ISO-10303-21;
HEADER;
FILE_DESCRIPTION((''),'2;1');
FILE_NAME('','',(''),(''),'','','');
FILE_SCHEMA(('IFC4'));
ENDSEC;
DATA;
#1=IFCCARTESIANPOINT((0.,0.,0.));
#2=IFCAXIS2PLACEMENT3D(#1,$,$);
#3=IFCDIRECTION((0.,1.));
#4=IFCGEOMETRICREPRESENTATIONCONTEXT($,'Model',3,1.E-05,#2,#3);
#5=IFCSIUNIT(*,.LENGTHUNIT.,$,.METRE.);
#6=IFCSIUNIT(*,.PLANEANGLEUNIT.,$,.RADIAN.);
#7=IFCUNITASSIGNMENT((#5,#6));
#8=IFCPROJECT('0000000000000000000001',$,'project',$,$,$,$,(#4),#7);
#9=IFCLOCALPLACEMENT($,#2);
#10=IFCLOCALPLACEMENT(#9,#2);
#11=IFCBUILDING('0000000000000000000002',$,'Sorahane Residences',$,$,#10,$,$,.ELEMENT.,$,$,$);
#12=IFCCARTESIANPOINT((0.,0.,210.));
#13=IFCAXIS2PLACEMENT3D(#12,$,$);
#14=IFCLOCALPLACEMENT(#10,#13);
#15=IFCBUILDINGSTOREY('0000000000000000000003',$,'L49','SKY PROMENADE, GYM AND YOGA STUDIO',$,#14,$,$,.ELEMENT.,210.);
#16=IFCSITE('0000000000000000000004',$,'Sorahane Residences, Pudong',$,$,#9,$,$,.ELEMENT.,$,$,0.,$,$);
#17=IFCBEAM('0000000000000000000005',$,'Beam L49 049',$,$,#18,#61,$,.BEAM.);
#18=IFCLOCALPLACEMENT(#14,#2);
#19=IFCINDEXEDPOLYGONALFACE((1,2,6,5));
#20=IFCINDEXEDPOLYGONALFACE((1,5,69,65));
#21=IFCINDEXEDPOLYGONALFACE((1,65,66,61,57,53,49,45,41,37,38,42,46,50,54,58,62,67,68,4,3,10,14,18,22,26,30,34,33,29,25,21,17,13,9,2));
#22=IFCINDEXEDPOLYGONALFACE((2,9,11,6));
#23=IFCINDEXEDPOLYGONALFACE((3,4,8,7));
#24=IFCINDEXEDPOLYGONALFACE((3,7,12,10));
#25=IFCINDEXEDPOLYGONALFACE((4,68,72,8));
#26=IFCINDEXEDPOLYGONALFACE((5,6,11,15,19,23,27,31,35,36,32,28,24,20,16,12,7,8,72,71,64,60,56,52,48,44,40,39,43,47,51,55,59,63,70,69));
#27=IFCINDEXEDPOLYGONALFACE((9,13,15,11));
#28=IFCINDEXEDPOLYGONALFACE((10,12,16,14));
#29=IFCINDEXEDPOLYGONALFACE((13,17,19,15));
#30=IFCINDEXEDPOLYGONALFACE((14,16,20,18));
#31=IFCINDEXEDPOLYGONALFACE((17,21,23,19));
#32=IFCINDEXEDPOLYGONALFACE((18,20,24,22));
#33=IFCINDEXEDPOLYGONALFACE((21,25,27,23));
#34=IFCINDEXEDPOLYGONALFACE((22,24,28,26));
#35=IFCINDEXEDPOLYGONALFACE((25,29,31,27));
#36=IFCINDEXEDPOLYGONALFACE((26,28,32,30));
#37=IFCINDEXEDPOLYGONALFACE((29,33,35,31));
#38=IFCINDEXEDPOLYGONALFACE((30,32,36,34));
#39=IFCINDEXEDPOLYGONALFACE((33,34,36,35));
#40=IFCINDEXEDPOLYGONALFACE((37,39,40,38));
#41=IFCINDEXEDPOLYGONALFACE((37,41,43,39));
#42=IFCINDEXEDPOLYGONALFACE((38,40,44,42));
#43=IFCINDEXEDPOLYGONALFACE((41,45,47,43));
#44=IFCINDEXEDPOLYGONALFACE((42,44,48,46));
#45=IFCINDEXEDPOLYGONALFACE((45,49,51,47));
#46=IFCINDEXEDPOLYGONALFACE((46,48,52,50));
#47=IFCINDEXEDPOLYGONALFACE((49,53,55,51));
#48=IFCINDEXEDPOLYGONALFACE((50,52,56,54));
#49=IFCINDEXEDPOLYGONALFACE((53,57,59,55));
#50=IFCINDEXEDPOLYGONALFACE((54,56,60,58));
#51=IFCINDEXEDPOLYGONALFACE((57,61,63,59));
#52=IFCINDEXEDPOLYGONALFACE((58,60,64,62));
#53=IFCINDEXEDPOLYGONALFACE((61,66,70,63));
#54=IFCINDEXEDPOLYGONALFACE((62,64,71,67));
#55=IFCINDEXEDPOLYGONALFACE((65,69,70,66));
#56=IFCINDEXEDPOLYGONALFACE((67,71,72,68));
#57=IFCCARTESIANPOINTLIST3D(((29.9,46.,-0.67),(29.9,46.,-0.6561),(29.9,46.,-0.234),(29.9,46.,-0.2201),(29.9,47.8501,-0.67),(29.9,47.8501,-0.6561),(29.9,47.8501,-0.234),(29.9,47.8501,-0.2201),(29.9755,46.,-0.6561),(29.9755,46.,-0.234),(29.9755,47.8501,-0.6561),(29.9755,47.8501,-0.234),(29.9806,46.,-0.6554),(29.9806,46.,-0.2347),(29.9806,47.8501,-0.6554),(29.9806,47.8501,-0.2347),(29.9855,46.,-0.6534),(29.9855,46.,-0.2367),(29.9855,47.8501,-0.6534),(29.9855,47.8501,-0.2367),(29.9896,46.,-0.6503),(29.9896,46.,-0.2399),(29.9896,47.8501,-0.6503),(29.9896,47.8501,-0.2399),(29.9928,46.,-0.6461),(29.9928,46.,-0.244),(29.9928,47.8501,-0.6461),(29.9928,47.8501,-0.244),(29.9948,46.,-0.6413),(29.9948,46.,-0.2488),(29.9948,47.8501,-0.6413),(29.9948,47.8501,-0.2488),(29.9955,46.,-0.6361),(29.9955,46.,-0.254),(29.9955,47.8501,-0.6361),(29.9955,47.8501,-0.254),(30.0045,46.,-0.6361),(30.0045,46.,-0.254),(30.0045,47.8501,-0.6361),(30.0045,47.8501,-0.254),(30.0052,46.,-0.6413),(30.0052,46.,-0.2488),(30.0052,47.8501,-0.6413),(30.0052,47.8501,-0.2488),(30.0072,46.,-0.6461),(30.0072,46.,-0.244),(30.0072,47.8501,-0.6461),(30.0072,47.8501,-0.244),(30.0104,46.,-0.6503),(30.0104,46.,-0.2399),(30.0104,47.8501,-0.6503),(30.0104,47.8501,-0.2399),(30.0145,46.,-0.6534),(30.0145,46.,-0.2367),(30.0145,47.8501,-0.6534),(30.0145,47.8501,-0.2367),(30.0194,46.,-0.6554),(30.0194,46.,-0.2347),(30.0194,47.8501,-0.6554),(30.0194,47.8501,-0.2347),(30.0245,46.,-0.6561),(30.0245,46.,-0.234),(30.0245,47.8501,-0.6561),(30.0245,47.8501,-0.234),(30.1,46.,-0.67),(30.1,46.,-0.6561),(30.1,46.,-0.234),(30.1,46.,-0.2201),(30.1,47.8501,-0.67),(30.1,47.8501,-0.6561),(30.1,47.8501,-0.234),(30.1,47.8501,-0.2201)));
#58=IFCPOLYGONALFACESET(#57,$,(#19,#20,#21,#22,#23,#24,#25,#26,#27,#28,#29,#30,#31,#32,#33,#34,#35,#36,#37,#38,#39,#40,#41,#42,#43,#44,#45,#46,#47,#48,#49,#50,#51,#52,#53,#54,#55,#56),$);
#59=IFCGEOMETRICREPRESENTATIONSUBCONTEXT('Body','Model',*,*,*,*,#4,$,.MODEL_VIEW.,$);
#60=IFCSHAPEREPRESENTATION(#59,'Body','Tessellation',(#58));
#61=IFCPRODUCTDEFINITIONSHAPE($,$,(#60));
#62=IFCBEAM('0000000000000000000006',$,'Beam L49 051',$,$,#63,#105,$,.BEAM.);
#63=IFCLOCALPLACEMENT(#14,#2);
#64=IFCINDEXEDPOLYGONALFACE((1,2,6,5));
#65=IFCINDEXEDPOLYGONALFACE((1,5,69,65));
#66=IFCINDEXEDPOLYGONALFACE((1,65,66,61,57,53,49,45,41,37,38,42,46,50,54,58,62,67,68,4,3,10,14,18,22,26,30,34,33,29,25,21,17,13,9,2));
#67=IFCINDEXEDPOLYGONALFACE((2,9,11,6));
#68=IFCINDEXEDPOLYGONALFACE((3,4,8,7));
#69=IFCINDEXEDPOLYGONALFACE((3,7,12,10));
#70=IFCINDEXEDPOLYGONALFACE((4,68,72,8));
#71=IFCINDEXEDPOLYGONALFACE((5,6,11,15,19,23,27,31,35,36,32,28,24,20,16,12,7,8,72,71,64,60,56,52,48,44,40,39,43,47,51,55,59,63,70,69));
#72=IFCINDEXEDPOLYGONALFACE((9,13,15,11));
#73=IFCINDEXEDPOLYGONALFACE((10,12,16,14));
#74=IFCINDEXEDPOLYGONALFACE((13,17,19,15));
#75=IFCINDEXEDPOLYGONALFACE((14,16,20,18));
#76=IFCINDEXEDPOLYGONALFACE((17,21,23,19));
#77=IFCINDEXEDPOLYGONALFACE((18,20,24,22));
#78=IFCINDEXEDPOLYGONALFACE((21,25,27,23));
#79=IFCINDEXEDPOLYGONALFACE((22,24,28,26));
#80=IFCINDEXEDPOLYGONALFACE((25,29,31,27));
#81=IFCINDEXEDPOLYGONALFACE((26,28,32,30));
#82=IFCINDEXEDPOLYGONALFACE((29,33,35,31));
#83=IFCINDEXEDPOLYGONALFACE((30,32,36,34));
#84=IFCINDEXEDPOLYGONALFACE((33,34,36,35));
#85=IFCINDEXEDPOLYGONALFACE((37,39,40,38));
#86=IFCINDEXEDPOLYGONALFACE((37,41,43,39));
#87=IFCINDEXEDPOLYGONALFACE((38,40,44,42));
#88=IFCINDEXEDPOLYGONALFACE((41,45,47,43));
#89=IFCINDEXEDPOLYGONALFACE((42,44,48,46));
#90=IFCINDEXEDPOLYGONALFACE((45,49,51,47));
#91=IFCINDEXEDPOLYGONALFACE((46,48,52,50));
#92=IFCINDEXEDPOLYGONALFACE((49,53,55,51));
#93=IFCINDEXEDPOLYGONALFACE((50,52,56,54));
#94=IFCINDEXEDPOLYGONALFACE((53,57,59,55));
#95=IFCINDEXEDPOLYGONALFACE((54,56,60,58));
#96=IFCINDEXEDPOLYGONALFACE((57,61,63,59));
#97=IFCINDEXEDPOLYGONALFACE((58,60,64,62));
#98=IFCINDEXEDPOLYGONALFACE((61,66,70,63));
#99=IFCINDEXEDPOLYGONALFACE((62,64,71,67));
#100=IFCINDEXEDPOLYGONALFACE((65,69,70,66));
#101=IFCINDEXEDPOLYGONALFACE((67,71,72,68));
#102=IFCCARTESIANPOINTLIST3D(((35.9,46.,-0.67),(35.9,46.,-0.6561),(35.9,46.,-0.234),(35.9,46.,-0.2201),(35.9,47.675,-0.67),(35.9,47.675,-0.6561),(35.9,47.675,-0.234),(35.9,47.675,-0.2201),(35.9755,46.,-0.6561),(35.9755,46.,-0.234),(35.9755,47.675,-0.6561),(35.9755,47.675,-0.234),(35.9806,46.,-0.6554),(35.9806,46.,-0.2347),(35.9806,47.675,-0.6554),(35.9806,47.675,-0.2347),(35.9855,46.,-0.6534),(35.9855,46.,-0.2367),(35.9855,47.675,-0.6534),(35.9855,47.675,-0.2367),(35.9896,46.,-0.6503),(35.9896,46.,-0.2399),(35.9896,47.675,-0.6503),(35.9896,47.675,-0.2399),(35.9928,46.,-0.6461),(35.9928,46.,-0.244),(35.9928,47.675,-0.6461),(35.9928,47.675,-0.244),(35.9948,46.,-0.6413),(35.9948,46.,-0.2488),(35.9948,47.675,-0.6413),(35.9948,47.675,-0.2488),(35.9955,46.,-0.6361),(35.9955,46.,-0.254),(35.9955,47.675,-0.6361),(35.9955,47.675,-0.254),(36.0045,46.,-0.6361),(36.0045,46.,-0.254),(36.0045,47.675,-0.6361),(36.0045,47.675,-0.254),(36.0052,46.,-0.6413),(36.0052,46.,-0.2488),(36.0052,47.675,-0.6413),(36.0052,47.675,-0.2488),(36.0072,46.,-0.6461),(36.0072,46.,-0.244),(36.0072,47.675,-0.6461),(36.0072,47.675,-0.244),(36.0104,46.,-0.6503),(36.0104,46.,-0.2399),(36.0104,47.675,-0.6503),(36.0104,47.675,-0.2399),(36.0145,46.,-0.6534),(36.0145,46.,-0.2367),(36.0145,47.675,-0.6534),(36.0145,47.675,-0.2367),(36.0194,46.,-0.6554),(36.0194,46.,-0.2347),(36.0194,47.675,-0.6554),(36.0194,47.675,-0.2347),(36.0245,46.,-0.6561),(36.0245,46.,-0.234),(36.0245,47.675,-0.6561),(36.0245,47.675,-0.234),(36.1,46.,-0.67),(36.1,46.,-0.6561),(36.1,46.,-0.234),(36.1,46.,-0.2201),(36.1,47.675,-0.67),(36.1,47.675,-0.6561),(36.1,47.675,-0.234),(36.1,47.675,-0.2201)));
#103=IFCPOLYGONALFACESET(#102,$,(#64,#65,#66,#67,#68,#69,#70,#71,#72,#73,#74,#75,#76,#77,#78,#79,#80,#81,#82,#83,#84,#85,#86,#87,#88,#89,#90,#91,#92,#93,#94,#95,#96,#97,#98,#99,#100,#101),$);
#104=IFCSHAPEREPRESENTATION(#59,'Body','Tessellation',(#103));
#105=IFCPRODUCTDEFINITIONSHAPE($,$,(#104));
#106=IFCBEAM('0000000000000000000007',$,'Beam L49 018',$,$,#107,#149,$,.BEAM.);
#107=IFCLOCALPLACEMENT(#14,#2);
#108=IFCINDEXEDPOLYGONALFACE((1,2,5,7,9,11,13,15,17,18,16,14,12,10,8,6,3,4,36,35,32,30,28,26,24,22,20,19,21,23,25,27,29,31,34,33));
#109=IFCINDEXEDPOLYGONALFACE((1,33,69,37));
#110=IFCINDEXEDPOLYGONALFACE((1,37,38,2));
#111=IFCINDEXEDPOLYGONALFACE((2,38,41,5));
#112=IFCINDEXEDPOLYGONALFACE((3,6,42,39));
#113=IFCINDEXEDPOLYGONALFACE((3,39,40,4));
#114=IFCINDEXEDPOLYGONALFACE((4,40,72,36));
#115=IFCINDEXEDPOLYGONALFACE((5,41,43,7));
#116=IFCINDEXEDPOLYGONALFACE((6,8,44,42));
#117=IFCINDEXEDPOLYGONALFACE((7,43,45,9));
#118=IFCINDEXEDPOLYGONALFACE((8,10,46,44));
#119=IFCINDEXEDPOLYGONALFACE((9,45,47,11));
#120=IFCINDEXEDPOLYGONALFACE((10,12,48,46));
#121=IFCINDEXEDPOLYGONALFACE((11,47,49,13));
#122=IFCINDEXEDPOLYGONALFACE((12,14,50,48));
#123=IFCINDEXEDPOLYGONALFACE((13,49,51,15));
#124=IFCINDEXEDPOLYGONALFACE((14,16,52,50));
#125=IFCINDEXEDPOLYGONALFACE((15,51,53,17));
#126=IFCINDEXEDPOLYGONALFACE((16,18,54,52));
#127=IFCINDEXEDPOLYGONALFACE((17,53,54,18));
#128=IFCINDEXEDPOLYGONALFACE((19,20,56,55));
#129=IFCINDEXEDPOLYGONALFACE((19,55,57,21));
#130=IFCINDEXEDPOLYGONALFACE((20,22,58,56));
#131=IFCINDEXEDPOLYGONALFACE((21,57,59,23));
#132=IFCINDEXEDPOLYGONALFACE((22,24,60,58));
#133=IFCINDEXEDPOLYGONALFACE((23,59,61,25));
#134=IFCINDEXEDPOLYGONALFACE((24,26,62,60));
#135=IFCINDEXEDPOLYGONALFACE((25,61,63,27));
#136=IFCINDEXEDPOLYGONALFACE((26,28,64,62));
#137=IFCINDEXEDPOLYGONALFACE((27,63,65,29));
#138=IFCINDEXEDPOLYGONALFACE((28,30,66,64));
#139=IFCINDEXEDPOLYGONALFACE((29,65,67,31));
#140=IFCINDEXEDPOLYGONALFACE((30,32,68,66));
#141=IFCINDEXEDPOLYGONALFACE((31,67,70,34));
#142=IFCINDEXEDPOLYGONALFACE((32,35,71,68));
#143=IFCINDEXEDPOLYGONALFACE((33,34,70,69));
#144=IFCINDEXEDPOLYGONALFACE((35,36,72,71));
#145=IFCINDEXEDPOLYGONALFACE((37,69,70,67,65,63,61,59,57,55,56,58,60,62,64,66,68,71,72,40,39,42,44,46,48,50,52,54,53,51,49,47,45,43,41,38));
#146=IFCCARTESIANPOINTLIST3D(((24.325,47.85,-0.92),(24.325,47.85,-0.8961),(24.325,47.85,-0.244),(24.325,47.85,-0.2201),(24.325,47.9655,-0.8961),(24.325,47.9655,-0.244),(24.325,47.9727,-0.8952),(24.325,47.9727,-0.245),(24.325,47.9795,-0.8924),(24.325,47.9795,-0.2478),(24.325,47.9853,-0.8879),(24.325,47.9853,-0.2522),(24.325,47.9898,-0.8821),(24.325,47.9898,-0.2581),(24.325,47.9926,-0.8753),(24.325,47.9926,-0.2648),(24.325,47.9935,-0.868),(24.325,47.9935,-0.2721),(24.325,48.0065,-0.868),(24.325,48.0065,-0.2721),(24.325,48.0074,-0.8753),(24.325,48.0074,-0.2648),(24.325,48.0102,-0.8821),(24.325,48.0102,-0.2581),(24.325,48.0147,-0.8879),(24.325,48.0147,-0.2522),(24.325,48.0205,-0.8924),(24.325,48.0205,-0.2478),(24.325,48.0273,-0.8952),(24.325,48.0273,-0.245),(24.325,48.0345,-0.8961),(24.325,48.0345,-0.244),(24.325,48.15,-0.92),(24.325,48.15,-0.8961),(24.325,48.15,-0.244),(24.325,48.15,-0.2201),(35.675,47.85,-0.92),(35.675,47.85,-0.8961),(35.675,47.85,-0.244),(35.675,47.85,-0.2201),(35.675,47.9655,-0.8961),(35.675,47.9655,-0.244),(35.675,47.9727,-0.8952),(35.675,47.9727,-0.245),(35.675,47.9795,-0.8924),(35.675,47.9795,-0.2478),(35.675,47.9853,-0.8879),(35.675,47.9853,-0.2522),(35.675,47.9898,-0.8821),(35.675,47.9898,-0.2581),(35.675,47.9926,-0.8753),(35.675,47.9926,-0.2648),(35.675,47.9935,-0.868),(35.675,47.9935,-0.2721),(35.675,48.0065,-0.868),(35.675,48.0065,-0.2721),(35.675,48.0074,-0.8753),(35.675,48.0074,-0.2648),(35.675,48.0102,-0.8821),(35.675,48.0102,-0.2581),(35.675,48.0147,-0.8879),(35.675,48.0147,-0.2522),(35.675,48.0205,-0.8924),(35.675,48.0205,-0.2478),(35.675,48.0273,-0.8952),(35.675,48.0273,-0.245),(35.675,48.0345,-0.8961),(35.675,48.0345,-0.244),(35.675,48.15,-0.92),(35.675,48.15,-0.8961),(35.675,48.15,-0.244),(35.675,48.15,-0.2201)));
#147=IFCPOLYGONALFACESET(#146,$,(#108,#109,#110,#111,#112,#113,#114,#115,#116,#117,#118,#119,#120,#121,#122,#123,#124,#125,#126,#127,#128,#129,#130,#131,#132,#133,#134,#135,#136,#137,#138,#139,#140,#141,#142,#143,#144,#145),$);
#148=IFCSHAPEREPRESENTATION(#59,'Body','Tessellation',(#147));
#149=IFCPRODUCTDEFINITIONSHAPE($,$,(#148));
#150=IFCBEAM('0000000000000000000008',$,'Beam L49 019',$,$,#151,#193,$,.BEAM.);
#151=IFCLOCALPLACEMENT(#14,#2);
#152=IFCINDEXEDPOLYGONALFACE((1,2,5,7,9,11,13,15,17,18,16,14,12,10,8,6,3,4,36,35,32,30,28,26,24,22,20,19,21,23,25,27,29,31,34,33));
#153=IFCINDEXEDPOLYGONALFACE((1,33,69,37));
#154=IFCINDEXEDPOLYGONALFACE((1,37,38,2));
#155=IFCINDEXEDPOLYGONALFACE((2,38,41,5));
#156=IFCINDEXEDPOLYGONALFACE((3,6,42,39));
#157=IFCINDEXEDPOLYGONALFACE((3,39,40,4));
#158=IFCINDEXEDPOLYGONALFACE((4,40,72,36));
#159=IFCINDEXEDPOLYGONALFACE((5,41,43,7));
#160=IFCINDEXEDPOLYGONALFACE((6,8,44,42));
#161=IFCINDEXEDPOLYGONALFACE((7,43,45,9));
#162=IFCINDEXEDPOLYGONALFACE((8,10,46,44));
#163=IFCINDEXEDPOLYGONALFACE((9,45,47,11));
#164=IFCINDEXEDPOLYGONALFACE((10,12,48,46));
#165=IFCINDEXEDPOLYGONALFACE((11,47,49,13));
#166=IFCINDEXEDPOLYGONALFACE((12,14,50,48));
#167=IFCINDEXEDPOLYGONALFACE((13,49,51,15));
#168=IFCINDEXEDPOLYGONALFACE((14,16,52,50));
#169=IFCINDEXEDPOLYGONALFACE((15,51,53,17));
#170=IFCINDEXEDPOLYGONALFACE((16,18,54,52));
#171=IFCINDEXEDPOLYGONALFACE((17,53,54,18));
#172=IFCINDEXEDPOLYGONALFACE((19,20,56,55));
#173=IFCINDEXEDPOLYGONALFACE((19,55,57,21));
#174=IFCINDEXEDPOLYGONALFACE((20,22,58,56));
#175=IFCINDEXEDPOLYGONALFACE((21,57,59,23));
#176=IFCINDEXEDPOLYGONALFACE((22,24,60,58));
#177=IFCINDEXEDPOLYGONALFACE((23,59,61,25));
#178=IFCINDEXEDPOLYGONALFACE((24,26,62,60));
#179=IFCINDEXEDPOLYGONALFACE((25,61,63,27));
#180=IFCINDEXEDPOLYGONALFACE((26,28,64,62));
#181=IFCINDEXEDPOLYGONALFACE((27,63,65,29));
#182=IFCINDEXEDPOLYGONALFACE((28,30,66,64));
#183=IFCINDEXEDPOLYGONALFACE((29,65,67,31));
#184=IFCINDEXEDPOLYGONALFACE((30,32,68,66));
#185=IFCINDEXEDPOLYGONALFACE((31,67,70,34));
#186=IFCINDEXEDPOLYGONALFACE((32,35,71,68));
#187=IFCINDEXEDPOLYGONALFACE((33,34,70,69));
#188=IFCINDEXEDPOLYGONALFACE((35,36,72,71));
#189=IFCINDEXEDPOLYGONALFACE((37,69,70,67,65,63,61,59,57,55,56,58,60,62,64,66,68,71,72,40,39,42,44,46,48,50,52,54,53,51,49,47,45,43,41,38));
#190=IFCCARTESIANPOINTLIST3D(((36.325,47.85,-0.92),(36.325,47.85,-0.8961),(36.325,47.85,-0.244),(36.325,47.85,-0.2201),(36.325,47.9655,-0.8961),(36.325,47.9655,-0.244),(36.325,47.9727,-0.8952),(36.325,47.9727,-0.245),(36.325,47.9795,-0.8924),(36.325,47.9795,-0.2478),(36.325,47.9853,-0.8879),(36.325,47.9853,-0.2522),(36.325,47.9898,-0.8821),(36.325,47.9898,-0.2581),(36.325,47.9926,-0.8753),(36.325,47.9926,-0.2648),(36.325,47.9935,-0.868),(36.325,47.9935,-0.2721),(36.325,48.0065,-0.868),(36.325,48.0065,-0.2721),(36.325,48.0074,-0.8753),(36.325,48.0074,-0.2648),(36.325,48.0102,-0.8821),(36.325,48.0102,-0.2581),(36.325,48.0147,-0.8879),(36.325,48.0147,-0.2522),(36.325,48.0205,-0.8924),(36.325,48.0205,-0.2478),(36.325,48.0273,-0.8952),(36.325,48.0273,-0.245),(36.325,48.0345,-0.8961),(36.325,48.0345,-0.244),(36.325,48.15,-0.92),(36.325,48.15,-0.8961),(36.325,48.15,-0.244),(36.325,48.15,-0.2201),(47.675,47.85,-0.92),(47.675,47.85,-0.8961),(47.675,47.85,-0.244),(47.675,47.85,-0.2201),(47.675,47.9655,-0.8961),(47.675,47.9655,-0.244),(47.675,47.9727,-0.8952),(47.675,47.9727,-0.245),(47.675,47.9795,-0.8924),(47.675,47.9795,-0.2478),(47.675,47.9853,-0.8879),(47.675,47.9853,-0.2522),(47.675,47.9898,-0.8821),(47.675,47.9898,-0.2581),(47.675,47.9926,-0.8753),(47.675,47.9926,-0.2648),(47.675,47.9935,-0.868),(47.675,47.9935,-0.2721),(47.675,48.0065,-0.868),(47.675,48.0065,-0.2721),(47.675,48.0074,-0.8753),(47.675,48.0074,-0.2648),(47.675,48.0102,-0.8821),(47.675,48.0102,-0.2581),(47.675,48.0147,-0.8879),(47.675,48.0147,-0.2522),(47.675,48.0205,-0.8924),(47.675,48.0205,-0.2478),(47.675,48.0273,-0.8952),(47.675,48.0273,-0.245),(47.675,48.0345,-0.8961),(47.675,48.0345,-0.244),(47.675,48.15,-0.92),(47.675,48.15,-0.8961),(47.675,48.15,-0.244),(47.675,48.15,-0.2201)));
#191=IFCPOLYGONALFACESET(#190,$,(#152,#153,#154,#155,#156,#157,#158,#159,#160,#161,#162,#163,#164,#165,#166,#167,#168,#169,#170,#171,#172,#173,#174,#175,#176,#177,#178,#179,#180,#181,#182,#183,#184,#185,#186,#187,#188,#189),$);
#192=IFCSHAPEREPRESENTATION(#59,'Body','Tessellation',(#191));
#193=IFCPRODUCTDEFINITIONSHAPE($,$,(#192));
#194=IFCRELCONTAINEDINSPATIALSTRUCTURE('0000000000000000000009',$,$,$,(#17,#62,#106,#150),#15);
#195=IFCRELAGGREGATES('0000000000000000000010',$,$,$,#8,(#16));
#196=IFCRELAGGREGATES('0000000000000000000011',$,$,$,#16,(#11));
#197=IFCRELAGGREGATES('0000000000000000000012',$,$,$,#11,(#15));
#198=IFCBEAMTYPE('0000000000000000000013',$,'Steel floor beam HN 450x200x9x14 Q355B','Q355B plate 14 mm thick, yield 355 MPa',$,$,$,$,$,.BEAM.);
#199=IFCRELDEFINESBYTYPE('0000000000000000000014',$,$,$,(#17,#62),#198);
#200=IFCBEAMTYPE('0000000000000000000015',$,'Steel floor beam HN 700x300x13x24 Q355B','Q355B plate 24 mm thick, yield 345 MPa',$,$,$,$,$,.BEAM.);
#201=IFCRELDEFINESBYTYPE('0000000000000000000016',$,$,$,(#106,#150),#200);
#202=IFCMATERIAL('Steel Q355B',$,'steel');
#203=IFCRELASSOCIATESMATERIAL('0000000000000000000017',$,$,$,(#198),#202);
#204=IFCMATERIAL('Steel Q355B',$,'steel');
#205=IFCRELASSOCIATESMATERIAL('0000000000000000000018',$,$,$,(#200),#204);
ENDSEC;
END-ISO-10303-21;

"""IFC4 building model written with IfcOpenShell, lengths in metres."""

from ifc_helpers import new_model, si_unit, direction, frame, origin, origin_2d, place, context, subcontext, project, spatial, i_section, extrude, material, material_profile, profile_set, type_object, element, save


model = new_model("IFC4")

# Units and contexts
model_context = context("Model", 3, precision=1e-05, world=origin(), true_north=direction((0.0, 1.0)))
body_context = subcontext(model_context, "Body", "Model", "MODEL_VIEW")
ifc_project = project(units=[si_unit("LENGTHUNIT", "METRE"), si_unit("PLANEANGLEUNIT", "RADIAN")], contexts=[model_context])

# Site, building, storey
site_placement = place(None, origin())
site = spatial("IfcSite", under=ifc_project, at=site_placement, Name="Sorahane Residences, Pudong", CompositionType="ELEMENT", RefElevation=0.0)
building_placement = place(site_placement, origin())
building = spatial("IfcBuilding", under=site, at=building_placement, Name="Sorahane Residences", CompositionType="ELEMENT")
storey_placement = place(building_placement, frame((0.0, 0.0, 210.0)))
storey = spatial("IfcBuildingStorey", under=building, at=storey_placement, Name="L49", Description="SKY PROMENADE, GYM AND YOGA STUDIO", CompositionType="ELEMENT", Elevation=210.0)

# Beams
ifc_material_1 = material(Name="Steel Q355B", Category="steel")
ifc_material_profile_1 = material_profile(ifc_material_1, i_section(OverallWidth=0.2, OverallDepth=0.45, WebThickness=0.009, FlangeThickness=0.0139, FilletRadius=0.02, at=origin_2d()), Name="HN 450x200x9x14")
ifc_profile_set_1 = profile_set([ifc_material_profile_1], Name="Steel Q355B")
beam_type_1 = type_object("IfcBeamType", Name="Steel floor beam HN 450x200x9x14 Q355B", Description="Q355B plate 14 mm thick, yield 355 MPa", PredefinedType="BEAM", material=ifc_profile_set_1)
beam_1_placement = place(storey_placement, frame((30.0, 46.0, -0.4451), z_axis=(0.0, 1.0, 0.0), x_axis=(-1.0, 0.0, 0.0)))
element("IfcBeam", 1, at=beam_1_placement, inside=storey, type_object=beam_type_1, Name="Beam L49 049", PredefinedType="BEAM", context=body_context, shape_type="SweptSolid", body=[
    extrude(i_section(OverallWidth=0.2, OverallDepth=0.45, WebThickness=0.009, FlangeThickness=0.0139, FilletRadius=0.02, at=origin_2d()), origin(), (0.0, 0.0, 1.0), 1.8501),
])
beam_2_placement = place(storey_placement, frame((36.0, 46.0, -0.4451), z_axis=(0.0, 1.0, 0.0), x_axis=(-1.0, 0.0, 0.0)))
element("IfcBeam", 2, at=beam_2_placement, inside=storey, type_object=beam_type_1, Name="Beam L49 051", PredefinedType="BEAM", context=body_context, shape_type="SweptSolid", body=[
    extrude(i_section(OverallWidth=0.2, OverallDepth=0.45, WebThickness=0.009, FlangeThickness=0.0139, FilletRadius=0.02, at=origin_2d()), origin(), (0.0, 0.0, 1.0), 1.675),
])
ifc_material_2 = material(Name="Steel Q355B", Category="steel")
ifc_material_profile_2 = material_profile(ifc_material_2, i_section(OverallWidth=0.3, OverallDepth=0.7, WebThickness=0.0129, FlangeThickness=0.0239, FilletRadius=0.0281, at=origin_2d()), Name="HN 700x300x13x24")
ifc_profile_set_2 = profile_set([ifc_material_profile_2], Name="Steel Q355B")
beam_type_2 = type_object("IfcBeamType", Name="Steel floor beam HN 700x300x13x24 Q355B", Description="Q355B plate 24 mm thick, yield 345 MPa", PredefinedType="BEAM", material=ifc_profile_set_2)
for number, where, z_axis, x_axis, name in (
    (3, (24.325, 48.0, -0.5701), (1.0, 0.0, 0.0), (0.0, 1.0, 0.0), "Beam L49 018"),
    (4, (36.325, 48.0, -0.5701), (1.0, 0.0, 0.0), (0.0, 1.0, 0.0), "Beam L49 019"),
):
    element("IfcBeam", number, at=place(storey_placement, frame(where, z_axis=z_axis, x_axis=x_axis)), inside=storey, type_object=beam_type_2, Name=name, PredefinedType="BEAM", context=body_context, shape_type="SweptSolid", body=[
        extrude(i_section(OverallWidth=0.3, OverallDepth=0.7, WebThickness=0.0129, FlangeThickness=0.0239, FilletRadius=0.0281, at=origin_2d()), origin(), (0.0, 0.0, 1.0), 11.3501),
    ])

save(model, "model.ifc")
